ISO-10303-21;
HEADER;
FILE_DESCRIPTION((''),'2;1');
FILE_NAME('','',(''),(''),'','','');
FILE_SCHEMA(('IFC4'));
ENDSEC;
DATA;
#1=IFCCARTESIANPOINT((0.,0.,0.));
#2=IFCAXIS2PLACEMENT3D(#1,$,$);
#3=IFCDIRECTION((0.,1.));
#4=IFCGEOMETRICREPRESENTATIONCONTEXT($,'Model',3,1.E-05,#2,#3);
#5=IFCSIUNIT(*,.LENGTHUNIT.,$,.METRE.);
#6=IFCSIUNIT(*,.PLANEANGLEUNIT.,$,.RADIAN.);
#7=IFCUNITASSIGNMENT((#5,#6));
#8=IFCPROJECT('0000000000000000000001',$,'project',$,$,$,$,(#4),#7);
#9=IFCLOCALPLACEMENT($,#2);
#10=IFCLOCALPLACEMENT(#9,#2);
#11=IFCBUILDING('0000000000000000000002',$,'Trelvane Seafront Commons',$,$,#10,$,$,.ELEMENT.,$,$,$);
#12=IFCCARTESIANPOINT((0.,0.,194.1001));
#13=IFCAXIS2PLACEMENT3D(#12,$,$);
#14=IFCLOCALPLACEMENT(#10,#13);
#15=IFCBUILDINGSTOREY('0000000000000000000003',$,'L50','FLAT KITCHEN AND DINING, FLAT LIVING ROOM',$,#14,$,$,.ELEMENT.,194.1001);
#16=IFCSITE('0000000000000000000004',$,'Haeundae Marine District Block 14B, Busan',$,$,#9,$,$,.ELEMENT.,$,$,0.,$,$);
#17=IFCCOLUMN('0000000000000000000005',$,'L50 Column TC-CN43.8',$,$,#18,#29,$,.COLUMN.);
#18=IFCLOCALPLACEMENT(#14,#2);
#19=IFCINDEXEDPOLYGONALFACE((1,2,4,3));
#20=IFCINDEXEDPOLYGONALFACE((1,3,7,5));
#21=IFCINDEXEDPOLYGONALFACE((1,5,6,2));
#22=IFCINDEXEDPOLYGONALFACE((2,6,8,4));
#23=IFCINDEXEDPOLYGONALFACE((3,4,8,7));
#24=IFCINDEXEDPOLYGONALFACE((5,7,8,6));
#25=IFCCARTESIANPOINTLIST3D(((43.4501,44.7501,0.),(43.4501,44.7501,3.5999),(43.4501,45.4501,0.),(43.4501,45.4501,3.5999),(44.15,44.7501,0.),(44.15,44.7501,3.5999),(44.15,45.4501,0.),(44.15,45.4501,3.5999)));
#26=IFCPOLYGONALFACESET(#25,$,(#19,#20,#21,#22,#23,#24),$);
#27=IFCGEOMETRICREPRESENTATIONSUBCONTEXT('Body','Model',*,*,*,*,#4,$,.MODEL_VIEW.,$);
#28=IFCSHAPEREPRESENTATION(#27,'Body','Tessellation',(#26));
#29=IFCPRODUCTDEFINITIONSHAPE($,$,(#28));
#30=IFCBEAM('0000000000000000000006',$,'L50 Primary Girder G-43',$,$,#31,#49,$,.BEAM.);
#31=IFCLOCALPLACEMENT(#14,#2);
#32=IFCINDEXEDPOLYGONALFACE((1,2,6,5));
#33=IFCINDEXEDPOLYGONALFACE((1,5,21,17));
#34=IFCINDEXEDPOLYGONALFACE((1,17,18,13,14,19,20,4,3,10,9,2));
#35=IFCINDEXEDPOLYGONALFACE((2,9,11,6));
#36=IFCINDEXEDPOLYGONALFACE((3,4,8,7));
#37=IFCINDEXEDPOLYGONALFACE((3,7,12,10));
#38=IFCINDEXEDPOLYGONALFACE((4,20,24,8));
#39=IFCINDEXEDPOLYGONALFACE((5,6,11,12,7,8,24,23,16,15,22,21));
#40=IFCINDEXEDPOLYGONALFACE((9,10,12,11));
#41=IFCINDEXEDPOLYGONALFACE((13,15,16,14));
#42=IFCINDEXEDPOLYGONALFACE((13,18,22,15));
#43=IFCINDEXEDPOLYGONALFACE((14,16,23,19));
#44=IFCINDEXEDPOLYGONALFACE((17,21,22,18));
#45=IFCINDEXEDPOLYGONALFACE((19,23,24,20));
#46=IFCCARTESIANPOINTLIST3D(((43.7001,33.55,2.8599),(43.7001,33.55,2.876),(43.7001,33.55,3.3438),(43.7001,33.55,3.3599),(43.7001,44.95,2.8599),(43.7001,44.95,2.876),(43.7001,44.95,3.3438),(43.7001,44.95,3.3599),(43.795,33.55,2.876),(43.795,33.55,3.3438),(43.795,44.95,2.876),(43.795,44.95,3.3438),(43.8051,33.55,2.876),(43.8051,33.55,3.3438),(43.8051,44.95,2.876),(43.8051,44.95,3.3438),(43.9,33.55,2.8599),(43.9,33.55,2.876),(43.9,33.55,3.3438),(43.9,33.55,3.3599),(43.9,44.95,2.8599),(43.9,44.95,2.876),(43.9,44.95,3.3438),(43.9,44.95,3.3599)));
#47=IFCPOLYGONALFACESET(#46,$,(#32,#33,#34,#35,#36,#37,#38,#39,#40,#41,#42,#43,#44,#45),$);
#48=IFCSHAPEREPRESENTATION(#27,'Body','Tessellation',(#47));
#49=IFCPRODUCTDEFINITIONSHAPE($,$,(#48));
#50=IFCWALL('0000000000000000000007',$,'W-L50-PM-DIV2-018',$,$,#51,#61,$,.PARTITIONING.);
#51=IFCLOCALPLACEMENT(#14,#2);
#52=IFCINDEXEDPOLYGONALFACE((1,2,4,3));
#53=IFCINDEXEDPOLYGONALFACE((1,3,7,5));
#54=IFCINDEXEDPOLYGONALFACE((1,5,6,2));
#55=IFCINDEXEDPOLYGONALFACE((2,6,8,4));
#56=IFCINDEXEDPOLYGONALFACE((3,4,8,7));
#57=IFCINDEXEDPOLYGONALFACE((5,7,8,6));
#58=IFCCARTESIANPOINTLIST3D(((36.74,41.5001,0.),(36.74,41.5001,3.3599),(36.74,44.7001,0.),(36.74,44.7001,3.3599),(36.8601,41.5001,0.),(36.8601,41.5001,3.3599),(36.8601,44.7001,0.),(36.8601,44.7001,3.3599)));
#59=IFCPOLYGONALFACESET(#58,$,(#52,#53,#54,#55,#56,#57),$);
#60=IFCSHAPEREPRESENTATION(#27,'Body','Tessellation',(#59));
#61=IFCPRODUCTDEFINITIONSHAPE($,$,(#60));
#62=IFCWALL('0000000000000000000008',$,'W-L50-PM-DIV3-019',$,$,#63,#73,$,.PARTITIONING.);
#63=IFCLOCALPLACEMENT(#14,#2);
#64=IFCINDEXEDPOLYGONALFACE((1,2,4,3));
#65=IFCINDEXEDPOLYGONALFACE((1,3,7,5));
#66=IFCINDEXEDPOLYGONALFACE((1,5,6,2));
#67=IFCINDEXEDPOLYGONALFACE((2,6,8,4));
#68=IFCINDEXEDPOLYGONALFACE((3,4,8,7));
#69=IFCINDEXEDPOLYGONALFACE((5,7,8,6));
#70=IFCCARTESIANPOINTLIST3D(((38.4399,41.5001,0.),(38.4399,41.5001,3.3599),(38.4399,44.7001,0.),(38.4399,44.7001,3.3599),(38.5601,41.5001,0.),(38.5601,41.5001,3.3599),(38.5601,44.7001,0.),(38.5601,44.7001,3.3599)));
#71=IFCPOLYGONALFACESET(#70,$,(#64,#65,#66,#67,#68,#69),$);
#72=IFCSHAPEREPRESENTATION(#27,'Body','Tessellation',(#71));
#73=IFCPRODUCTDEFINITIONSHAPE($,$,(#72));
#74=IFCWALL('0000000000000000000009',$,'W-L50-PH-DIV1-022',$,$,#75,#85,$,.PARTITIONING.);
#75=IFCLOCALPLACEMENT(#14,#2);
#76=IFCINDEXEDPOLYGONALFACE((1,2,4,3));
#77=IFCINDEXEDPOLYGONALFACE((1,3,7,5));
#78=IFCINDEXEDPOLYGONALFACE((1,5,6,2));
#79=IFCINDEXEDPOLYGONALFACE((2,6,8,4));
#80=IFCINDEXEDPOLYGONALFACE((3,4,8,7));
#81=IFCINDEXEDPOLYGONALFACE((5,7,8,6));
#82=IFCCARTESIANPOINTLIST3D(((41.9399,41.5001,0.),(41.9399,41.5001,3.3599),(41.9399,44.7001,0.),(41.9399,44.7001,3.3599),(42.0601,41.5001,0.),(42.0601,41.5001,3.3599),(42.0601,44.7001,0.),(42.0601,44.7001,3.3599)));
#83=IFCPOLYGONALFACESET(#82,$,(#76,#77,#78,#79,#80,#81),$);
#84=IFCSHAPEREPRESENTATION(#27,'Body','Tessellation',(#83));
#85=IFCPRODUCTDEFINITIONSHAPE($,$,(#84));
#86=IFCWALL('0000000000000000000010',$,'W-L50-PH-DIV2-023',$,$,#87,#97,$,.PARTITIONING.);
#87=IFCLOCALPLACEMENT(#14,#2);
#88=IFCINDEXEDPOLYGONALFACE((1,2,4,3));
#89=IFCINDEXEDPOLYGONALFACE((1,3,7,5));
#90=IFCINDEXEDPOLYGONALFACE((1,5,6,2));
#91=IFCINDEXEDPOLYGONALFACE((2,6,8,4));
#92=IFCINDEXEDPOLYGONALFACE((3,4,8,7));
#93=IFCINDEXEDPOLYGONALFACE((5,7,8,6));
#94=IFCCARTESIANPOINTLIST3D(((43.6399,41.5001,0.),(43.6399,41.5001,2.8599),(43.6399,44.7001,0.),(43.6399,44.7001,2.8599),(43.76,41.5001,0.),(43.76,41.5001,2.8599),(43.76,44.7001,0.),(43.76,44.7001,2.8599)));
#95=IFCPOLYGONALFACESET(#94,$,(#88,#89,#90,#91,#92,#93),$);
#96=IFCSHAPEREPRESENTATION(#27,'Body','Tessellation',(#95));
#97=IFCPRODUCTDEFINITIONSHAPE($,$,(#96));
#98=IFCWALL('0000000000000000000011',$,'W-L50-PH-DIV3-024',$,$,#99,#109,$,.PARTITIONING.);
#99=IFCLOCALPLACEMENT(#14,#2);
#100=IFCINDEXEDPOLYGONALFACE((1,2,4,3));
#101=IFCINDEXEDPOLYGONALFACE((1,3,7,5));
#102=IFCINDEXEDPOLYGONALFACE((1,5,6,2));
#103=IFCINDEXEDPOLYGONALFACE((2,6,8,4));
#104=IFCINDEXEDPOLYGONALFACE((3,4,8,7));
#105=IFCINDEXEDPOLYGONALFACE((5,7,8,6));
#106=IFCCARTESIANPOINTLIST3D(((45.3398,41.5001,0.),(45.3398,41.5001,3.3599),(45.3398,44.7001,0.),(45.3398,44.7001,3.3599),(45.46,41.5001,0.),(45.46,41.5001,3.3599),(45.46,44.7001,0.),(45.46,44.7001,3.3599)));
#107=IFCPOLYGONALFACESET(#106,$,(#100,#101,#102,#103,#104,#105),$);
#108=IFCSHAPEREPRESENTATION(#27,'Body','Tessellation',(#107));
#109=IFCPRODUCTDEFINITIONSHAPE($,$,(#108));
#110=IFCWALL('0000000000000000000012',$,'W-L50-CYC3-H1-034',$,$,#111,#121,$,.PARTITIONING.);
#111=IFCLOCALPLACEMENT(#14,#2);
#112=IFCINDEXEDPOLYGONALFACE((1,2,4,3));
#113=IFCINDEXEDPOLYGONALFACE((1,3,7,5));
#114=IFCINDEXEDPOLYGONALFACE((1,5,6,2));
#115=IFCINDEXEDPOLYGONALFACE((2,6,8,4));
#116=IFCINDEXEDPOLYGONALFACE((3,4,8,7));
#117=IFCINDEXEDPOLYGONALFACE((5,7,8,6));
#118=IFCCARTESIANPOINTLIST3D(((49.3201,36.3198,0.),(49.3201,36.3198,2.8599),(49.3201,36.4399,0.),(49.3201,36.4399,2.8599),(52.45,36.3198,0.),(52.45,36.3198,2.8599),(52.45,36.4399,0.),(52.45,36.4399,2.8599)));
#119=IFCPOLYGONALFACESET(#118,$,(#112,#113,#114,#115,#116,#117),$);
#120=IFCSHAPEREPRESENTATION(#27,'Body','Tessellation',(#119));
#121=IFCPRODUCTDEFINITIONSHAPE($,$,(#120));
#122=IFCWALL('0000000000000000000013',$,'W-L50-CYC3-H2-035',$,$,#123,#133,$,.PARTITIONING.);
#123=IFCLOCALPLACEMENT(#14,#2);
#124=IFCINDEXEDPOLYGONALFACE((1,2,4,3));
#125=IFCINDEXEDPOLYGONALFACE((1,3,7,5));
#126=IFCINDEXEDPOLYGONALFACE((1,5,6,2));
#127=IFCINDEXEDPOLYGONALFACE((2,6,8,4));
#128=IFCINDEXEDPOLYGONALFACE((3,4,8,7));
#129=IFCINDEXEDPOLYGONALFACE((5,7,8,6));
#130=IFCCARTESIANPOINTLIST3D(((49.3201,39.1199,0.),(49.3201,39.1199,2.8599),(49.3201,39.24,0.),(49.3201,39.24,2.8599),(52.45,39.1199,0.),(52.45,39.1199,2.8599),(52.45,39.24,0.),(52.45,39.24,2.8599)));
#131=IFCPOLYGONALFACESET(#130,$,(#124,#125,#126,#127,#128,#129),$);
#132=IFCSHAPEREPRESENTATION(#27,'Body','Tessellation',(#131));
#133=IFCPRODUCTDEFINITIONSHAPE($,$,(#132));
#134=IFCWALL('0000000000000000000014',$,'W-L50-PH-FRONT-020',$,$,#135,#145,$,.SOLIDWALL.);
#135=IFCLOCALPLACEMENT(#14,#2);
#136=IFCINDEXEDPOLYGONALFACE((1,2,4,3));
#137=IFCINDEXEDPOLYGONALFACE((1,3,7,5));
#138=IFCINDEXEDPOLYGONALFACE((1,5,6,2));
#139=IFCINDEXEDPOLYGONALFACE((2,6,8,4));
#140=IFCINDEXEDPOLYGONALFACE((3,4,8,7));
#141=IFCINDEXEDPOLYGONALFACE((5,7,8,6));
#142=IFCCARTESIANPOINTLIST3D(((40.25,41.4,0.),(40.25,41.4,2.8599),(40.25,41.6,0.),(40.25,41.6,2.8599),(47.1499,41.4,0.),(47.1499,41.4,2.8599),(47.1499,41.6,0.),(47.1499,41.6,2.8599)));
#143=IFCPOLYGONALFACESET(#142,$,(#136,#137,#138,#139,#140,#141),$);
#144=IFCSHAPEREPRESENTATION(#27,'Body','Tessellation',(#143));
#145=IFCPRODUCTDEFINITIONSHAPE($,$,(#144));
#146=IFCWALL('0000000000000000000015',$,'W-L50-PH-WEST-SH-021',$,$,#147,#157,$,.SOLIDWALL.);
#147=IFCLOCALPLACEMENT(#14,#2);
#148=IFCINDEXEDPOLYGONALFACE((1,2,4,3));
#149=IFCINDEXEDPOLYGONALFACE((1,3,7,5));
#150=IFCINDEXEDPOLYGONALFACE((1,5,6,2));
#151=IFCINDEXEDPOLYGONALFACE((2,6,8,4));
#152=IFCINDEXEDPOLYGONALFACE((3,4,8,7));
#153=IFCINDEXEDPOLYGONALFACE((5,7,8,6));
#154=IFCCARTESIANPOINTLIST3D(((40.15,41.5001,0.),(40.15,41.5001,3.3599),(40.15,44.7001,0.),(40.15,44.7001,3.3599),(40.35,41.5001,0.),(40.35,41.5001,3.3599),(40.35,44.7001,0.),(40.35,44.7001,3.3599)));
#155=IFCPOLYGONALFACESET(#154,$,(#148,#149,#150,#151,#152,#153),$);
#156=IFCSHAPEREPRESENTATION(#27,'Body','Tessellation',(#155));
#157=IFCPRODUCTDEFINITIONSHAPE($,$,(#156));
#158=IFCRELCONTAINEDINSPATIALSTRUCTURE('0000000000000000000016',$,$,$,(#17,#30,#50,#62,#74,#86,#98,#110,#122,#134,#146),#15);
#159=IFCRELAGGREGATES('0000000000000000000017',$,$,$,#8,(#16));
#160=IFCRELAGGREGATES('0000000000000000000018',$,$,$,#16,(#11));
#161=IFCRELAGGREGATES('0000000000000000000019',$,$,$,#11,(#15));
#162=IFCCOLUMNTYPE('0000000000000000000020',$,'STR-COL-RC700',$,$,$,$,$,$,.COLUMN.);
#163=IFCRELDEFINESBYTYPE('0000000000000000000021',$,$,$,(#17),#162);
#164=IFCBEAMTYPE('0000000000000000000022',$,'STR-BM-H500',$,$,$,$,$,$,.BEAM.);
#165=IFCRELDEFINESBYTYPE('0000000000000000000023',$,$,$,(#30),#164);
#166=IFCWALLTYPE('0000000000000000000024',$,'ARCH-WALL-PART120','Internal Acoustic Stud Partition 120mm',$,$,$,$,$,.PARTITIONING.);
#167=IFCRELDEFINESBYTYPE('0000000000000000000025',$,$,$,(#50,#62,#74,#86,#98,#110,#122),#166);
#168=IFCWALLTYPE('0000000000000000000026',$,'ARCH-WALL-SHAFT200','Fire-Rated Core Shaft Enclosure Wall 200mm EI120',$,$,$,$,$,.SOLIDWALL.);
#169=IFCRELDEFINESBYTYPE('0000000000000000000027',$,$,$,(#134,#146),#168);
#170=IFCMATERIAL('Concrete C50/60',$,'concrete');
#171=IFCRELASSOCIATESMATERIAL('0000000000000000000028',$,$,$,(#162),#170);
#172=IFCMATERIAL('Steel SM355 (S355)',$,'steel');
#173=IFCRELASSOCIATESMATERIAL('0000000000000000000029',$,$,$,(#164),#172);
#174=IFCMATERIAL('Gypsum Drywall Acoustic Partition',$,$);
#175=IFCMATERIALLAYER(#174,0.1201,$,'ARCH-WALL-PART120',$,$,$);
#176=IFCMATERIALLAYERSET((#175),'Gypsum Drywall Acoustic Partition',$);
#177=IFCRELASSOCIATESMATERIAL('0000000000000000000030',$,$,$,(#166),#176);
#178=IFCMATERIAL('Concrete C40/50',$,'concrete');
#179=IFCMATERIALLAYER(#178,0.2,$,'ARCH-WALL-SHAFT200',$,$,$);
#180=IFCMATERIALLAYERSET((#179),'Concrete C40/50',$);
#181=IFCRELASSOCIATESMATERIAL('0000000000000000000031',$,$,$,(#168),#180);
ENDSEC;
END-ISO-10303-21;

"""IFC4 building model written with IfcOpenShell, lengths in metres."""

from ifc_helpers import new_model, si_unit, direction, frame, frame_2d, origin, origin_2d, place, context, subcontext, project, spatial, rectangle, i_section, extrude, source, transform, mapped, material, layer, layer_set, material_profile, profile_set, type_object, element, save


model = new_model("IFC4")

# Units and contexts
model_context = context("Model", 3, precision=1e-05, world=origin(), true_north=direction((0.0, 1.0)))
body_context = subcontext(model_context, "Body", "Model", "MODEL_VIEW")
ifc_project = project(units=[si_unit("LENGTHUNIT", "METRE"), si_unit("PLANEANGLEUNIT", "RADIAN")], contexts=[model_context])

# Site, building, storey
site_placement = place(None, origin())
site = spatial("IfcSite", under=ifc_project, at=site_placement, Name="Haeundae Marine District Block 14B, Busan", CompositionType="ELEMENT", RefElevation=0.0)
building_placement = place(site_placement, origin())
building = spatial("IfcBuilding", under=site, at=building_placement, Name="Trelvane Seafront Commons", CompositionType="ELEMENT")
storey_placement = place(building_placement, frame((0.0, 0.0, 194.1001)))
storey = spatial("IfcBuildingStorey", under=building, at=storey_placement, Name="L50", Description="FLAT KITCHEN AND DINING, FLAT LIVING ROOM", CompositionType="ELEMENT", Elevation=194.1001)

# Column
ifc_material_1 = material(Name="Concrete C50/60", Category="concrete")
ifc_material_profile_1 = material_profile(ifc_material_1, rectangle(XDim=0.7, YDim=0.7, at=origin_2d()), Name="RC-700x700")
ifc_profile_set_1 = profile_set([ifc_material_profile_1], Name="Concrete C50/60")
column_type = type_object("IfcColumnType", Name="STR-COL-RC700", PredefinedType="COLUMN", material=ifc_profile_set_1)
shared_shape_1 = source(origin(), body_context, "Body", "SweptSolid", [
    extrude(rectangle(XDim=0.7, YDim=0.7, at=origin_2d()), origin(), (0.0, 0.0, 1.0), 3.5999),
])
column_placement = place(storey_placement, frame((43.8, 45.1001, 0.0), z_axis=(0.0, 0.0, 1.0), x_axis=(1.0, 0.0, 0.0)))
element("IfcColumn", 1, at=column_placement, inside=storey, type_object=column_type, Name="L50 Column TC-CN43.8", PredefinedType="COLUMN", context=body_context, shape_type="MappedRepresentation", body=[
    mapped(shared_shape_1, transform((0.0, 0.0, 0.0), x_axis=(1.0, 0.0, 0.0), y_axis=(0.0, 1.0, 0.0), z_axis=(0.0, 0.0, 1.0), scale=1.0)),
])

# Beam
ifc_material_2 = material(Name="Steel SM355 (S355)", Category="steel")
ifc_material_profile_2 = material_profile(ifc_material_2, i_section(OverallWidth=0.2, OverallDepth=0.5, WebThickness=0.01, FlangeThickness=0.0161, at=origin_2d()), Name="H-500x200x10x16")
ifc_profile_set_2 = profile_set([ifc_material_profile_2], Name="Steel SM355 (S355)")
beam_type = type_object("IfcBeamType", Name="STR-BM-H500", PredefinedType="BEAM", material=ifc_profile_set_2)
shared_shape_2 = source(origin(), body_context, "Body", "SweptSolid", [
    extrude(i_section(OverallWidth=0.2, OverallDepth=0.5, WebThickness=0.01, FlangeThickness=0.0161, at=origin_2d()), origin(), (0.0, 0.0, 1.0), 11.3999),
])
beam_placement = place(storey_placement, frame((43.8, 33.55, 3.1099), z_axis=(0.0, 1.0, 0.0), x_axis=(-1.0, 0.0, 0.0)))
element("IfcBeam", 2, at=beam_placement, inside=storey, type_object=beam_type, Name="L50 Primary Girder G-43", PredefinedType="BEAM", context=body_context, shape_type="MappedRepresentation", body=[
    mapped(shared_shape_2, transform((0.0, 0.0, 0.0), x_axis=(1.0, 0.0, 0.0), y_axis=(0.0, 1.0, 0.0), z_axis=(0.0, 0.0, 1.0), scale=1.0)),
])

# Shared definitions
ifc_material_3 = material(Name="Concrete C40/50", Category="concrete")

# Walls
ifc_material_4 = material(Name="Gypsum Drywall Acoustic Partition")
ifc_layer_1 = layer(ifc_material_4, 0.1201, Name="ARCH-WALL-PART120")
ifc_layer_set_1 = layer_set([ifc_layer_1], Name="Gypsum Drywall Acoustic Partition")
wall_type_1 = type_object("IfcWallType", Name="ARCH-WALL-PART120", Description="Internal Acoustic Stud Partition 120mm", PredefinedType="PARTITIONING", material=ifc_layer_set_1)
for number, where, z_axis, x_axis, name in (
    (3, (36.8, 41.5, 0.0), (0.0, 0.0, 1.0), (0.0, 1.0, 0.0), "W-L50-PM-DIV2-018"),
    (4, (38.5, 41.5, 0.0), (0.0, 0.0, 1.0), (0.0, 1.0, 0.0), "W-L50-PM-DIV3-019"),
    (5, (42.0, 41.5, 0.0), (0.0, 0.0, 1.0), (0.0, 1.0, 0.0), "W-L50-PH-DIV1-022"),
):
    element("IfcWall", number, at=place(storey_placement, frame(where, z_axis=z_axis, x_axis=x_axis)), inside=storey, type_object=wall_type_1, Name=name, PredefinedType="PARTITIONING", context=body_context, shape_type="SweptSolid", body=[
        extrude(rectangle(XDim=3.2, YDim=0.1201, at=frame_2d((1.6001, 0.0))), origin(), (0.0, 0.0, 1.0), 3.3599),
    ])
wall_1_placement = place(storey_placement, frame((43.7, 41.5, 0.0), z_axis=(0.0, 0.0, 1.0), x_axis=(0.0, 1.0, 0.0)))
element("IfcWall", 6, at=wall_1_placement, inside=storey, type_object=wall_type_1, Name="W-L50-PH-DIV2-023", PredefinedType="PARTITIONING", context=body_context, shape_type="SweptSolid", body=[
    extrude(rectangle(XDim=3.2, YDim=0.1201, at=frame_2d((1.6001, 0.0))), origin(), (0.0, 0.0, 1.0), 2.8599),
])
wall_2_placement = place(storey_placement, frame((45.3999, 41.5, 0.0), z_axis=(0.0, 0.0, 1.0), x_axis=(0.0, 1.0, 0.0)))
element("IfcWall", 7, at=wall_2_placement, inside=storey, type_object=wall_type_1, Name="W-L50-PH-DIV3-024", PredefinedType="PARTITIONING", context=body_context, shape_type="SweptSolid", body=[
    extrude(rectangle(XDim=3.2, YDim=0.1201, at=frame_2d((1.6001, 0.0))), origin(), (0.0, 0.0, 1.0), 3.3599),
])

# Walls
for number, where, z_axis, x_axis, name in (
    (8, (49.3201, 36.3799, 0.0), (0.0, 0.0, 1.0), (1.0, 0.0, 0.0), "W-L50-CYC3-H1-034"),
    (9, (49.3201, 39.1799, 0.0), (0.0, 0.0, 1.0), (1.0, 0.0, 0.0), "W-L50-CYC3-H2-035"),
):
    element("IfcWall", number, at=place(storey_placement, frame(where, z_axis=z_axis, x_axis=x_axis)), inside=storey, type_object=wall_type_1, Name=name, PredefinedType="PARTITIONING", context=body_context, shape_type="SweptSolid", body=[
        extrude(rectangle(XDim=3.1299, YDim=0.1201, at=frame_2d((1.5649, 0.0))), origin(), (0.0, 0.0, 1.0), 2.8599),
    ])

# Walls
ifc_layer_2 = layer(ifc_material_3, 0.2, Name="ARCH-WALL-SHAFT200")
ifc_layer_set_2 = layer_set([ifc_layer_2], Name="Concrete C40/50")
wall_type_2 = type_object("IfcWallType", Name="ARCH-WALL-SHAFT200", Description="Fire-Rated Core Shaft Enclosure Wall 200mm EI120", PredefinedType="SOLIDWALL", material=ifc_layer_set_2)
wall_3_placement = place(storey_placement, frame((40.25, 41.5, 0.0), z_axis=(0.0, 0.0, 1.0), x_axis=(1.0, 0.0, 0.0)))
element("IfcWall", 10, at=wall_3_placement, inside=storey, type_object=wall_type_2, Name="W-L50-PH-FRONT-020", PredefinedType="SOLIDWALL", context=body_context, shape_type="SweptSolid", body=[
    extrude(rectangle(XDim=6.8999, YDim=0.2, at=frame_2d((3.45, 0.0))), origin(), (0.0, 0.0, 1.0), 2.8599),
])
wall_4_placement = place(storey_placement, frame((40.25, 41.5, 0.0), z_axis=(0.0, 0.0, 1.0), x_axis=(0.0, 1.0, 0.0)))
element("IfcWall", 11, at=wall_4_placement, inside=storey, type_object=wall_type_2, Name="W-L50-PH-WEST-SH-021", PredefinedType="SOLIDWALL", context=body_context, shape_type="SweptSolid", body=[
    extrude(rectangle(XDim=3.2, YDim=0.2, at=frame_2d((1.6001, 0.0))), origin(), (0.0, 0.0, 1.0), 3.3599),
])

save(model, "model.ifc")
